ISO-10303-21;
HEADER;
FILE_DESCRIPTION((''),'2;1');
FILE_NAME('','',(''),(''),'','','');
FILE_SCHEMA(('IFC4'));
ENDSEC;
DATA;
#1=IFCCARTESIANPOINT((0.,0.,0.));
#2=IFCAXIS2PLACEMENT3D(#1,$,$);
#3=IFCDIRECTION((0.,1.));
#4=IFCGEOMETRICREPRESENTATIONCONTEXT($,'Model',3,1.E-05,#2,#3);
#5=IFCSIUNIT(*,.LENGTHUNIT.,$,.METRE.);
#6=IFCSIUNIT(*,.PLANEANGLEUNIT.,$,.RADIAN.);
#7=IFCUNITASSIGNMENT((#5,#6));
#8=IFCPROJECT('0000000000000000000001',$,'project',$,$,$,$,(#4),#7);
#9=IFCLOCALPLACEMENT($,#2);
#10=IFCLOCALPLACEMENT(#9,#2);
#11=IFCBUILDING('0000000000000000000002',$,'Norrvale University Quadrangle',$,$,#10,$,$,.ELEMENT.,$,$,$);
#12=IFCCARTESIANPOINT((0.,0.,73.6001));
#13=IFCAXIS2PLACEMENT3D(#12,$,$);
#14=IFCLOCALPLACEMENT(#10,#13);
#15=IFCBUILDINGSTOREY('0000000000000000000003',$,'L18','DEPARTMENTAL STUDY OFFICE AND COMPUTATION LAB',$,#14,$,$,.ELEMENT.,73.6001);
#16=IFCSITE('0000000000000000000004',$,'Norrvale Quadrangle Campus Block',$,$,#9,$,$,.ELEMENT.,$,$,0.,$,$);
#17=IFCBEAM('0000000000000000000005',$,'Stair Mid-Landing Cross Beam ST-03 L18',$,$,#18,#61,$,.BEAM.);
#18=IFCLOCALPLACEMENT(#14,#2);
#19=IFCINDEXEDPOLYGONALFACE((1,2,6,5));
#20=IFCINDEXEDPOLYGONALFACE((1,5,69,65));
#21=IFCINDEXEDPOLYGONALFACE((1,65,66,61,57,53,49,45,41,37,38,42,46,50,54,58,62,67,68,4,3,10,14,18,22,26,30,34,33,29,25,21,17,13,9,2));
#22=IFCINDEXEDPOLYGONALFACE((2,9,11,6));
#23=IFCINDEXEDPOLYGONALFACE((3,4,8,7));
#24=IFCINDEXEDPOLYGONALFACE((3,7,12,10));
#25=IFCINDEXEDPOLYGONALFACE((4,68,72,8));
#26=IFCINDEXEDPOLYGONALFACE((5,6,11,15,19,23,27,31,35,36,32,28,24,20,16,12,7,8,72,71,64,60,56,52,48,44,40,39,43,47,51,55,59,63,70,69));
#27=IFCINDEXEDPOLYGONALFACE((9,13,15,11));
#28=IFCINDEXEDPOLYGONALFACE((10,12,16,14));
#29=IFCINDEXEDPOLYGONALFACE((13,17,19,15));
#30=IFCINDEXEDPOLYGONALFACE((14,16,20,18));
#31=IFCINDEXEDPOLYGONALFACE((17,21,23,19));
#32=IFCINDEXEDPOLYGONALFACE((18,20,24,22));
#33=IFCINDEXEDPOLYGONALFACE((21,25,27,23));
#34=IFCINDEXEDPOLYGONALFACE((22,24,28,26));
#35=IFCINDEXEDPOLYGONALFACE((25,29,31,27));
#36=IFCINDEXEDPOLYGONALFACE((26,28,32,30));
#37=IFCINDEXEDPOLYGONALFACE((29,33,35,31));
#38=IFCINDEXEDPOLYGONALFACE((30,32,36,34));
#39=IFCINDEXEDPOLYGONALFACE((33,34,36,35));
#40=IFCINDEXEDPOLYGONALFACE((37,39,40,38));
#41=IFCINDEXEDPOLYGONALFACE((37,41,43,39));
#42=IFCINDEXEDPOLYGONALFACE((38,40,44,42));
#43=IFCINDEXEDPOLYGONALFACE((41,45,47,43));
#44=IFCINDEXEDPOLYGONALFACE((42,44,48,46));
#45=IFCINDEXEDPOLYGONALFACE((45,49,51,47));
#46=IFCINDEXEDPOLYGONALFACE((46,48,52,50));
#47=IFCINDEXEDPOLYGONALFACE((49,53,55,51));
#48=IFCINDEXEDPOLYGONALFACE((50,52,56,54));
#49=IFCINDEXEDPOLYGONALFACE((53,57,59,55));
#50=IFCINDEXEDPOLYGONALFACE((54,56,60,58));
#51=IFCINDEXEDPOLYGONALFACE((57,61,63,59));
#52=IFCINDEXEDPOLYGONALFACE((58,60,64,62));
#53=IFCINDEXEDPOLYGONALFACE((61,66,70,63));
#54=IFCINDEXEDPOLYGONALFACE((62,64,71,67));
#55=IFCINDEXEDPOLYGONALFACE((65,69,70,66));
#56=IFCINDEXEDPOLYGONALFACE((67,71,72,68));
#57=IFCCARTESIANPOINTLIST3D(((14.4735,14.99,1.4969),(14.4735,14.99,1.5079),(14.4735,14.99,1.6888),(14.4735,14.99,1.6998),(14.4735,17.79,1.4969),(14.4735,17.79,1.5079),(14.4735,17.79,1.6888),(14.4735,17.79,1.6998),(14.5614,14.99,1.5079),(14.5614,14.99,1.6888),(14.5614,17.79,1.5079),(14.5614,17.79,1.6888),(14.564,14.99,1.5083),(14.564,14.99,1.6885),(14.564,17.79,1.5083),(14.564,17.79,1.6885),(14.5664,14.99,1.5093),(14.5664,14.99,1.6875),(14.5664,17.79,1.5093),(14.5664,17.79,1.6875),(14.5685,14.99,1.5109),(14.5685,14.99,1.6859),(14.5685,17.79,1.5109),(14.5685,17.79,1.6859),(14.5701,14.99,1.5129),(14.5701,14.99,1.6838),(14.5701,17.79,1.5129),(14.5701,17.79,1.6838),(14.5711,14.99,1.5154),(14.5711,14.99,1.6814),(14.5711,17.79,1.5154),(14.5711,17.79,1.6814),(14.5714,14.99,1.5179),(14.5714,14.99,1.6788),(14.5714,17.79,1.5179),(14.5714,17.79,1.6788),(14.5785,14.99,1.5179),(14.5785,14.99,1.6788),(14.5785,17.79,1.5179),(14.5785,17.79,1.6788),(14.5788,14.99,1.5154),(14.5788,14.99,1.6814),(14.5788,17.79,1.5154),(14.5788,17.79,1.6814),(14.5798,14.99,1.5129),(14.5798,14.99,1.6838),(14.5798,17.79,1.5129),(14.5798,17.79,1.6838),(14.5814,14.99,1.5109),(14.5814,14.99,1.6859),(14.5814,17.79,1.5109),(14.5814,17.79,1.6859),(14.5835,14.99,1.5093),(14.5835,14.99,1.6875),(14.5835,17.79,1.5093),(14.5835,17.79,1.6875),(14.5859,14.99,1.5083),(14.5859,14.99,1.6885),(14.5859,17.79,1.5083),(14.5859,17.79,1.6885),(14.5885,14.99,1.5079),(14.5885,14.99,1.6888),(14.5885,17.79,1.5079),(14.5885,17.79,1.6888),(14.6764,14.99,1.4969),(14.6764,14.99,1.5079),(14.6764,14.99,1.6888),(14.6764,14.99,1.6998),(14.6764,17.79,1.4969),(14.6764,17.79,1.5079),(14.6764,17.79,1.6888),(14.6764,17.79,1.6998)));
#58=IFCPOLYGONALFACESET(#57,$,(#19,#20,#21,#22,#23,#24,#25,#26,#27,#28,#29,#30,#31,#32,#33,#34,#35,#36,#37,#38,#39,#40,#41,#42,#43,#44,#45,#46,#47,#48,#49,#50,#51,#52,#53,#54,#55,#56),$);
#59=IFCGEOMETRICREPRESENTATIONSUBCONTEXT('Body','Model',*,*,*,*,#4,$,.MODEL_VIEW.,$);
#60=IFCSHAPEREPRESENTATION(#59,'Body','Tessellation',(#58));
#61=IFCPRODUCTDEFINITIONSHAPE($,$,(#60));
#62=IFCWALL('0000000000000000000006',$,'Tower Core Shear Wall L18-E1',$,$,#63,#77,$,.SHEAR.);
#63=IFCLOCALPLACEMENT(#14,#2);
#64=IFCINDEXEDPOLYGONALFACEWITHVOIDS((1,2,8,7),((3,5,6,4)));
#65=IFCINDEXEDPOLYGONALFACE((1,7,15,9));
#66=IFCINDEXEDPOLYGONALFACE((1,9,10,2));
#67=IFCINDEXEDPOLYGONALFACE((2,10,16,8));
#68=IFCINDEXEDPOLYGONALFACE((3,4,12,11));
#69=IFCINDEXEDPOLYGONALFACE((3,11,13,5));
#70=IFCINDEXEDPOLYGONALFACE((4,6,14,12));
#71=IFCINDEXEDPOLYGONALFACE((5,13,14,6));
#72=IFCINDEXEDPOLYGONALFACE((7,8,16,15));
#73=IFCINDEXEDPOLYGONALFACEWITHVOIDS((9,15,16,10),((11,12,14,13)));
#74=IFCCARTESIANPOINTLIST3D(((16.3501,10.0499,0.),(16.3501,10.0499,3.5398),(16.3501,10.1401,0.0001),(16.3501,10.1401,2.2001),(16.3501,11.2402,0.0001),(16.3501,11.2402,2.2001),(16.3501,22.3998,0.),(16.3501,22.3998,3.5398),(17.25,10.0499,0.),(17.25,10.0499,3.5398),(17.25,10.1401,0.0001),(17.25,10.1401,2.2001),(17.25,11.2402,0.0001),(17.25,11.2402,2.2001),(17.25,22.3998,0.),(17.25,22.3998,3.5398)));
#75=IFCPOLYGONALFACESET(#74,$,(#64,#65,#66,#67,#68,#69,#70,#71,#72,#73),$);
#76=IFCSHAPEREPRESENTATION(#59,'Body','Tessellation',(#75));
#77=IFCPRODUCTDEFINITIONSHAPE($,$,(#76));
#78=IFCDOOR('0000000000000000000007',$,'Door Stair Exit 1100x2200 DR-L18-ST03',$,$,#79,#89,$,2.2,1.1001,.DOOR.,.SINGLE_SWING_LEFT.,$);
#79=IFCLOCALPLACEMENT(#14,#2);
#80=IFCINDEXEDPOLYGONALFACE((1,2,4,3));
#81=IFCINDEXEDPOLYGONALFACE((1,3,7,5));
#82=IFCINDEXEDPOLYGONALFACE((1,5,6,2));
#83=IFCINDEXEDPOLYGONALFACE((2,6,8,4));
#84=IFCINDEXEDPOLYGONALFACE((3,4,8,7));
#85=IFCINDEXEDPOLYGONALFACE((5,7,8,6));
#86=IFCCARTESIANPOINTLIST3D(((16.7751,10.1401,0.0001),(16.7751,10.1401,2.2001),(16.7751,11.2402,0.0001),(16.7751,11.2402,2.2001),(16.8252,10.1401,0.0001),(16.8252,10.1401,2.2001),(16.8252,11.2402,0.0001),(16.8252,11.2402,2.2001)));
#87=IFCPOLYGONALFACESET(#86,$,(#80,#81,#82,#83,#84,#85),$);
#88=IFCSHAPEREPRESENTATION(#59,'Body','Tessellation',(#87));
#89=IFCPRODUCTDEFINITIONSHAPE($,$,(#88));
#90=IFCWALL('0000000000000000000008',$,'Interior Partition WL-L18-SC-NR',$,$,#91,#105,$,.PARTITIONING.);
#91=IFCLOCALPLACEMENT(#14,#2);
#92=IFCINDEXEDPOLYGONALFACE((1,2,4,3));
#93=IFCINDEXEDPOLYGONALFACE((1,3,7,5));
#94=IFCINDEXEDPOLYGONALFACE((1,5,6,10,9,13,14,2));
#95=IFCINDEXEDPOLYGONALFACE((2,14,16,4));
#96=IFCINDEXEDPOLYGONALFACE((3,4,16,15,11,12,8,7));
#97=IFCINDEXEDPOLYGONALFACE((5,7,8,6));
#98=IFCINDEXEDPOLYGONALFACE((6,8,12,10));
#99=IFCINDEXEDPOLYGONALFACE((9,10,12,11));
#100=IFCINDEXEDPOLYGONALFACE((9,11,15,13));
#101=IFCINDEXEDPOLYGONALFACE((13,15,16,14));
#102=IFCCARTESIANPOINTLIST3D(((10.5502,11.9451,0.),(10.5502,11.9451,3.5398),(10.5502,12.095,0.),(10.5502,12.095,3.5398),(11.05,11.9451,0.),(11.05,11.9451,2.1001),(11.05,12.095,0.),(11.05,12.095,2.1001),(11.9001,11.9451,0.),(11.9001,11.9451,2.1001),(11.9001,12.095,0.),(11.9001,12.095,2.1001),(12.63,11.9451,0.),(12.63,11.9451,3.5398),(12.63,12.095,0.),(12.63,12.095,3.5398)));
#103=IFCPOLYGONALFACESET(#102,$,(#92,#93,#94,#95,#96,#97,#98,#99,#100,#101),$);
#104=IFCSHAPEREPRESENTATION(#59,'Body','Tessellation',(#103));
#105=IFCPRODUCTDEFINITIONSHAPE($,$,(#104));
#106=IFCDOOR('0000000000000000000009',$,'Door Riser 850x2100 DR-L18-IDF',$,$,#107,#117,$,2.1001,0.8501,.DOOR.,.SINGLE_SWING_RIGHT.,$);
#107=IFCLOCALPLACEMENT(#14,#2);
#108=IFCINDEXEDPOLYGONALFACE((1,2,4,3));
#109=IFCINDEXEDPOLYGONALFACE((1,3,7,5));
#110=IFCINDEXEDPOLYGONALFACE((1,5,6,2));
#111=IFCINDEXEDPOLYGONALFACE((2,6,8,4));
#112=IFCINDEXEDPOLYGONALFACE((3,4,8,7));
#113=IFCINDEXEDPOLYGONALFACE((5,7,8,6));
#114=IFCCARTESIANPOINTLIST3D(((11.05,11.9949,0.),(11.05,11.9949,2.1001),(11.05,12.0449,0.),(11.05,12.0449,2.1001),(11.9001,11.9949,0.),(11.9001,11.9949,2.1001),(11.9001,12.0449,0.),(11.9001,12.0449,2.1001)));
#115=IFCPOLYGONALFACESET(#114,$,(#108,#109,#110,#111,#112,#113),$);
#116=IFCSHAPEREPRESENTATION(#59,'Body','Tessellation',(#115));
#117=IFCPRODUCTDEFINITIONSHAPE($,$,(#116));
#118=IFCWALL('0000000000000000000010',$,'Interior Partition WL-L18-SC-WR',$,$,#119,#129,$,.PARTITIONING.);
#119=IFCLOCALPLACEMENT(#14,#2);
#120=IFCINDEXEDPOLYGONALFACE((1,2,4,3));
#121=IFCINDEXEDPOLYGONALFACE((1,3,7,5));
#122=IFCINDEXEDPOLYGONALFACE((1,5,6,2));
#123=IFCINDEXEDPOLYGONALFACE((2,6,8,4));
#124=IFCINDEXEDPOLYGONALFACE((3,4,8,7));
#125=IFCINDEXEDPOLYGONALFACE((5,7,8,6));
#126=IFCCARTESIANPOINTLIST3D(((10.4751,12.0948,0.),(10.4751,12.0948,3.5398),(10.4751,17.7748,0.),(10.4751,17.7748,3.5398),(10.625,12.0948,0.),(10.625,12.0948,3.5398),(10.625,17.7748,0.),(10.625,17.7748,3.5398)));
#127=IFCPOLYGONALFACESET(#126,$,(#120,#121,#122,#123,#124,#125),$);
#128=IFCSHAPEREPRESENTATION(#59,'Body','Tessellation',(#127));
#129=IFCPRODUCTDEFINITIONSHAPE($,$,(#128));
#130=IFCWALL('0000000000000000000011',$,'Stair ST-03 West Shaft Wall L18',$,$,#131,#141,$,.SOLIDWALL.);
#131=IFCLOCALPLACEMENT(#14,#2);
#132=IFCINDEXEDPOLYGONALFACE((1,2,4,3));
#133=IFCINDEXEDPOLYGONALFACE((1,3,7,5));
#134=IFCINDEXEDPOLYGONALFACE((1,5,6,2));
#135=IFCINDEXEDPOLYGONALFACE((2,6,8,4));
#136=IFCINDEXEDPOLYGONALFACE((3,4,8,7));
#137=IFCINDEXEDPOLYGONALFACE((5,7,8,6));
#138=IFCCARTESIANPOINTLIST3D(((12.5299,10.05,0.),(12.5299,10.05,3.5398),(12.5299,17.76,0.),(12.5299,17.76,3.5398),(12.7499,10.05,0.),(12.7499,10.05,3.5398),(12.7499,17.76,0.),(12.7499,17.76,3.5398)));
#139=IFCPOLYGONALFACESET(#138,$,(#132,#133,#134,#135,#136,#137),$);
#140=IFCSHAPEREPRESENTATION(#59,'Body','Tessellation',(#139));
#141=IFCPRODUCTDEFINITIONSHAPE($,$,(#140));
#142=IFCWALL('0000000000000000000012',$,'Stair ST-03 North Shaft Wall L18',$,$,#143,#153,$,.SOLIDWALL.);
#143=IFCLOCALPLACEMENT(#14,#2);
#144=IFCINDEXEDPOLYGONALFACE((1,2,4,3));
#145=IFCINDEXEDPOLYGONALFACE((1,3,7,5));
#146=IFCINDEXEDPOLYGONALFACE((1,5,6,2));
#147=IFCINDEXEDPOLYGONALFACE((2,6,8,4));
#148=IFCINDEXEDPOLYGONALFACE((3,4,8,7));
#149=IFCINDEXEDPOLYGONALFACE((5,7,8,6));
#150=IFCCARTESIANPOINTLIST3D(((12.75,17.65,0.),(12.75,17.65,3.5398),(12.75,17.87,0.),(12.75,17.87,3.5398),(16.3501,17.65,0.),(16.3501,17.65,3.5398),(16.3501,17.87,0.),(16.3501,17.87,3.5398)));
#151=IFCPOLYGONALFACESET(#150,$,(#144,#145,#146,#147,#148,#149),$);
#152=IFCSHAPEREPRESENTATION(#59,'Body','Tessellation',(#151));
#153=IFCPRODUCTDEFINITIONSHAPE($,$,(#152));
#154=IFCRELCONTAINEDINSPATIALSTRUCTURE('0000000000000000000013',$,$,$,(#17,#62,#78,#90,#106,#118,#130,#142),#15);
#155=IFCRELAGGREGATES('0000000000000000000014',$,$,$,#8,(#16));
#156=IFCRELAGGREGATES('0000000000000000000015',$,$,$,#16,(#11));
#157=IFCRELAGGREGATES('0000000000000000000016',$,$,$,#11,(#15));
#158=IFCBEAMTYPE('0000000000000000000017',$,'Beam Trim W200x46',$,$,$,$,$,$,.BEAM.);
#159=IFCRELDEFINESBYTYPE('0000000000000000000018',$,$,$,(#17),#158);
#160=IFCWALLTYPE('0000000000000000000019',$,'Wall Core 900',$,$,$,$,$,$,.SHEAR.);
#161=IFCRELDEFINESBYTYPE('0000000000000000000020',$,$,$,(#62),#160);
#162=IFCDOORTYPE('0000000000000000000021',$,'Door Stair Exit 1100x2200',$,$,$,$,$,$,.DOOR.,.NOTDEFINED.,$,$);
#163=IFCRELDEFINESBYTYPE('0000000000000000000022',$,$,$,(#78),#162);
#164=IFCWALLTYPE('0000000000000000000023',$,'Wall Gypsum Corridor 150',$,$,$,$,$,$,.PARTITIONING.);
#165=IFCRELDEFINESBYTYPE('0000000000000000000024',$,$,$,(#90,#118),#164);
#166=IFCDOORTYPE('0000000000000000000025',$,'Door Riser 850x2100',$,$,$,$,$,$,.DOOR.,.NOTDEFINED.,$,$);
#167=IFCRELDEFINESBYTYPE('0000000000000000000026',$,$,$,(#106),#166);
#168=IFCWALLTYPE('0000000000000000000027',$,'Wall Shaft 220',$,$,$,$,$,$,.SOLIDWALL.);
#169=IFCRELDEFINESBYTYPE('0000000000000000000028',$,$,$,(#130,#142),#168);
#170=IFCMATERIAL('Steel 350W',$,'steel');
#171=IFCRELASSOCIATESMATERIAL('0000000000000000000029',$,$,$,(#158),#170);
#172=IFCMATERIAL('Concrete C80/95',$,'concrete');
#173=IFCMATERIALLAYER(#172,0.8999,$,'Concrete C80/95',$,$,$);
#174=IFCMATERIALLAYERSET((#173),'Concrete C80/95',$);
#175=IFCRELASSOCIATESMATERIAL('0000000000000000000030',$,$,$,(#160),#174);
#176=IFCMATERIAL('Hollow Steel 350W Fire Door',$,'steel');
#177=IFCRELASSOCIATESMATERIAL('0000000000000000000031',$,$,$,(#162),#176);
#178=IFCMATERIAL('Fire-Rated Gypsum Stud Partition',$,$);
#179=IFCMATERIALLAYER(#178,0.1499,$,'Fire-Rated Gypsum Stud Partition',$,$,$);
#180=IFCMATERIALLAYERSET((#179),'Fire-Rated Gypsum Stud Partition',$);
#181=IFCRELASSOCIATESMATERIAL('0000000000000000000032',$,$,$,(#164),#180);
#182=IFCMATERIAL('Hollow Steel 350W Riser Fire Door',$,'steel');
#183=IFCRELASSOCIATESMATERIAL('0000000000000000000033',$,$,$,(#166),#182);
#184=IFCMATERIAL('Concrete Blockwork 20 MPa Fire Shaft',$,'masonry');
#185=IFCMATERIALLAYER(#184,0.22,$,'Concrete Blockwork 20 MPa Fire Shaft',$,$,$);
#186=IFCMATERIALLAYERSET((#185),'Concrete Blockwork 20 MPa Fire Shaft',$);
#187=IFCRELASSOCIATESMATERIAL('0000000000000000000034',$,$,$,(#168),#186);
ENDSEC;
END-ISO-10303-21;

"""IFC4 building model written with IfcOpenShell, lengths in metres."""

from ifc_helpers import new_model, si_unit, direction, frame, frame_2d, origin, origin_2d, place, context, subcontext, project, spatial, rectangle, i_section, extrude, material, layer, layer_set, material_profile, profile_set, type_object, element, fill, save


model = new_model("IFC4")

# Units and contexts
model_context = context("Model", 3, precision=1e-05, world=origin(), true_north=direction((0.0, 1.0)))
body_context = subcontext(model_context, "Body", "Model", "MODEL_VIEW")
ifc_project = project(units=[si_unit("LENGTHUNIT", "METRE"), si_unit("PLANEANGLEUNIT", "RADIAN")], contexts=[model_context])

# Site, building, storey
site_placement = place(None, origin())
site = spatial("IfcSite", under=ifc_project, at=site_placement, Name="Norrvale Quadrangle Campus Block", CompositionType="ELEMENT", RefElevation=0.0)
building_placement = place(site_placement, origin())
building = spatial("IfcBuilding", under=site, at=building_placement, Name="Norrvale University Quadrangle", CompositionType="ELEMENT")
storey_placement = place(building_placement, frame((0.0, 0.0, 73.6001)))
storey = spatial("IfcBuildingStorey", under=building, at=storey_placement, Name="L18", Description="DEPARTMENTAL STUDY OFFICE AND COMPUTATION LAB", CompositionType="ELEMENT", Elevation=73.6001)

# Beam
ifc_material_1 = material(Name="Steel 350W", Category="steel")
ifc_material_profile_1 = material_profile(ifc_material_1, i_section(OverallWidth=0.2029, OverallDepth=0.2029, WebThickness=0.0071, FlangeThickness=0.011, FilletRadius=0.01, at=origin_2d()), Name="Steel 350W")
ifc_profile_set_1 = profile_set([ifc_material_profile_1], Name="Steel 350W")
beam_type_1 = type_object("IfcBeamType", Name="Beam Trim W200x46", PredefinedType="BEAM", material=ifc_profile_set_1)
beam_1_placement = place(storey_placement, frame((14.575, 14.99, 1.5984), z_axis=(0.0, 1.0, 0.0), x_axis=(-1.0, 0.0, 0.0)))
element("IfcBeam", 1, at=beam_1_placement, inside=storey, type_object=beam_type_1, Name="Stair Mid-Landing Cross Beam ST-03 L18", PredefinedType="BEAM", context=body_context, shape_type="SweptSolid", body=[
    extrude(i_section(OverallWidth=0.2029, OverallDepth=0.2029, WebThickness=0.0071, FlangeThickness=0.011, FilletRadius=0.01, at=origin_2d()), origin(), (0.0, 0.0, 1.0), 2.8),
])

# Walls, openings, doors
ifc_material_2 = material(Name="Concrete C80/95", Category="concrete")
ifc_layer_1 = layer(ifc_material_2, 0.8999, Name="Concrete C80/95")
ifc_layer_set_1 = layer_set([ifc_layer_1], Name="Concrete C80/95")
wall_type_1 = type_object("IfcWallType", Name="Wall Core 900", PredefinedType="SHEAR", material=ifc_layer_set_1)
wall_1_placement = place(storey_placement, frame((16.8, 10.05, 0.0), z_axis=(0.0, 0.0, 1.0), x_axis=(0.0, 1.0, 0.0)))
wall_1 = element("IfcWall", 2, at=wall_1_placement, inside=storey, type_object=wall_type_1, Name="Tower Core Shear Wall L18-E1", PredefinedType="SHEAR", context=body_context, shape_type="SweptSolid", body=[
    extrude(rectangle(XDim=12.3499, YDim=0.8999, at=frame_2d((6.1748, 0.0))), origin(), (0.0, 0.0, 1.0), 3.5398),
])
opening_1_placement = place(wall_1_placement, frame((0.0901, 0.0, 0.0)))
opening_1 = element("IfcOpeningElement", 3, at=opening_1_placement, cuts=wall_1, PredefinedType="OPENING", context=body_context, shape_type="SweptSolid", body=[
    extrude(rectangle(XDim=1.1001, YDim=2.2, at=frame_2d((0.55, 1.1001))), frame((0.0, 0.4619, 0.0), z_axis=(0.0, -1.0, 0.0), x_axis=(1.0, 0.0, 0.0)), (0.0, 0.0, 1.0), 0.9238),
])
ifc_material_3 = material(Name="Hollow Steel 350W Fire Door", Category="steel")
door_type_1 = type_object("IfcDoorType", Name="Door Stair Exit 1100x2200", OperationType="NOTDEFINED", PredefinedType="DOOR", material=ifc_material_3)
door_1_placement = place(opening_1_placement, origin())
door_1 = element("IfcDoor", 4, at=door_1_placement, inside=storey, type_object=door_type_1, Name="Door Stair Exit 1100x2200 DR-L18-ST03", OperationType="SINGLE_SWING_LEFT", OverallHeight=2.2, OverallWidth=1.1001, PredefinedType="DOOR", context=body_context, shape_type="SweptSolid", body=[
    extrude(rectangle(XDim=1.1001, YDim=2.2, at=frame_2d((0.55, 1.1001))), frame((0.0, 0.0249, 0.0), z_axis=(0.0, -1.0, 0.0), x_axis=(1.0, 0.0, 0.0)), (0.0, 0.0, 1.0), 0.05),
])
fill(opening_1, door_1)
ifc_material_4 = material(Name="Fire-Rated Gypsum Stud Partition")
ifc_layer_2 = layer(ifc_material_4, 0.1499, Name="Fire-Rated Gypsum Stud Partition")
ifc_layer_set_2 = layer_set([ifc_layer_2], Name="Fire-Rated Gypsum Stud Partition")
wall_type_2 = type_object("IfcWallType", Name="Wall Gypsum Corridor 150", PredefinedType="PARTITIONING", material=ifc_layer_set_2)
wall_2_placement = place(storey_placement, frame((10.55, 12.02, 0.0), z_axis=(0.0, 0.0, 1.0), x_axis=(1.0, 0.0, 0.0)))
wall_2 = element("IfcWall", 5, at=wall_2_placement, inside=storey, type_object=wall_type_2, Name="Interior Partition WL-L18-SC-NR", PredefinedType="PARTITIONING", context=body_context, shape_type="SweptSolid", body=[
    extrude(rectangle(XDim=2.0798, YDim=0.1499, at=frame_2d((1.04, 0.0))), origin(), (0.0, 0.0, 1.0), 3.5398),
])
opening_2_placement = place(wall_2_placement, frame((0.5, 0.0, 0.0)))
opening_2 = element("IfcOpeningElement", 6, at=opening_2_placement, cuts=wall_2, PredefinedType="OPENING", context=body_context, shape_type="SweptSolid", body=[
    extrude(rectangle(XDim=0.8501, YDim=2.1001, at=frame_2d((0.425, 1.05))), frame((0.0, 0.0869, 0.0), z_axis=(0.0, -1.0, 0.0), x_axis=(1.0, 0.0, 0.0)), (0.0, 0.0, 1.0), 0.1738),
])
ifc_material_5 = material(Name="Hollow Steel 350W Riser Fire Door", Category="steel")
door_type_2 = type_object("IfcDoorType", Name="Door Riser 850x2100", OperationType="NOTDEFINED", PredefinedType="DOOR", material=ifc_material_5)
door_2_placement = place(opening_2_placement, origin())
door_2 = element("IfcDoor", 7, at=door_2_placement, inside=storey, type_object=door_type_2, Name="Door Riser 850x2100 DR-L18-IDF", OperationType="SINGLE_SWING_RIGHT", OverallHeight=2.1001, OverallWidth=0.8501, PredefinedType="DOOR", context=body_context, shape_type="SweptSolid", body=[
    extrude(rectangle(XDim=0.8501, YDim=2.1001, at=frame_2d((0.425, 1.05))), frame((0.0, 0.0249, 0.0), z_axis=(0.0, -1.0, 0.0), x_axis=(1.0, 0.0, 0.0)), (0.0, 0.0, 1.0), 0.05),
])
fill(opening_2, door_2)

# Walls
wall_3_placement = place(storey_placement, frame((10.55, 12.095, 0.0), z_axis=(0.0, 0.0, 1.0), x_axis=(0.0, 1.0, 0.0)))
element("IfcWall", 8, at=wall_3_placement, inside=storey, type_object=wall_type_2, Name="Interior Partition WL-L18-SC-WR", PredefinedType="PARTITIONING", context=body_context, shape_type="SweptSolid", body=[
    extrude(rectangle(XDim=5.6799, YDim=0.1499, at=frame_2d((2.8398, 0.0))), origin(), (0.0, 0.0, 1.0), 3.5398),
])
ifc_material_6 = material(Name="Concrete Blockwork 20 MPa Fire Shaft", Category="masonry")
ifc_layer_3 = layer(ifc_material_6, 0.22, Name="Concrete Blockwork 20 MPa Fire Shaft")
ifc_layer_set_3 = layer_set([ifc_layer_3], Name="Concrete Blockwork 20 MPa Fire Shaft")
wall_type_3 = type_object("IfcWallType", Name="Wall Shaft 220", PredefinedType="SOLIDWALL", material=ifc_layer_set_3)
wall_4_placement = place(storey_placement, frame((12.6399, 10.05, 0.0), z_axis=(0.0, 0.0, 1.0), x_axis=(0.0, 1.0, 0.0)))
element("IfcWall", 9, at=wall_4_placement, inside=storey, type_object=wall_type_3, Name="Stair ST-03 West Shaft Wall L18", PredefinedType="SOLIDWALL", context=body_context, shape_type="SweptSolid", body=[
    extrude(rectangle(XDim=7.71, YDim=0.22, at=frame_2d((3.855, 0.0))), origin(), (0.0, 0.0, 1.0), 3.5398),
])
wall_5_placement = place(storey_placement, frame((12.75, 17.76, 0.0), z_axis=(0.0, 0.0, 1.0), x_axis=(1.0, 0.0, 0.0)))
element("IfcWall", 10, at=wall_5_placement, inside=storey, type_object=wall_type_3, Name="Stair ST-03 North Shaft Wall L18", PredefinedType="SOLIDWALL", context=body_context, shape_type="SweptSolid", body=[
    extrude(rectangle(XDim=3.6001, YDim=0.22, at=frame_2d((1.8, 0.0))), origin(), (0.0, 0.0, 1.0), 3.5398),
])

save(model, "model.ifc")
